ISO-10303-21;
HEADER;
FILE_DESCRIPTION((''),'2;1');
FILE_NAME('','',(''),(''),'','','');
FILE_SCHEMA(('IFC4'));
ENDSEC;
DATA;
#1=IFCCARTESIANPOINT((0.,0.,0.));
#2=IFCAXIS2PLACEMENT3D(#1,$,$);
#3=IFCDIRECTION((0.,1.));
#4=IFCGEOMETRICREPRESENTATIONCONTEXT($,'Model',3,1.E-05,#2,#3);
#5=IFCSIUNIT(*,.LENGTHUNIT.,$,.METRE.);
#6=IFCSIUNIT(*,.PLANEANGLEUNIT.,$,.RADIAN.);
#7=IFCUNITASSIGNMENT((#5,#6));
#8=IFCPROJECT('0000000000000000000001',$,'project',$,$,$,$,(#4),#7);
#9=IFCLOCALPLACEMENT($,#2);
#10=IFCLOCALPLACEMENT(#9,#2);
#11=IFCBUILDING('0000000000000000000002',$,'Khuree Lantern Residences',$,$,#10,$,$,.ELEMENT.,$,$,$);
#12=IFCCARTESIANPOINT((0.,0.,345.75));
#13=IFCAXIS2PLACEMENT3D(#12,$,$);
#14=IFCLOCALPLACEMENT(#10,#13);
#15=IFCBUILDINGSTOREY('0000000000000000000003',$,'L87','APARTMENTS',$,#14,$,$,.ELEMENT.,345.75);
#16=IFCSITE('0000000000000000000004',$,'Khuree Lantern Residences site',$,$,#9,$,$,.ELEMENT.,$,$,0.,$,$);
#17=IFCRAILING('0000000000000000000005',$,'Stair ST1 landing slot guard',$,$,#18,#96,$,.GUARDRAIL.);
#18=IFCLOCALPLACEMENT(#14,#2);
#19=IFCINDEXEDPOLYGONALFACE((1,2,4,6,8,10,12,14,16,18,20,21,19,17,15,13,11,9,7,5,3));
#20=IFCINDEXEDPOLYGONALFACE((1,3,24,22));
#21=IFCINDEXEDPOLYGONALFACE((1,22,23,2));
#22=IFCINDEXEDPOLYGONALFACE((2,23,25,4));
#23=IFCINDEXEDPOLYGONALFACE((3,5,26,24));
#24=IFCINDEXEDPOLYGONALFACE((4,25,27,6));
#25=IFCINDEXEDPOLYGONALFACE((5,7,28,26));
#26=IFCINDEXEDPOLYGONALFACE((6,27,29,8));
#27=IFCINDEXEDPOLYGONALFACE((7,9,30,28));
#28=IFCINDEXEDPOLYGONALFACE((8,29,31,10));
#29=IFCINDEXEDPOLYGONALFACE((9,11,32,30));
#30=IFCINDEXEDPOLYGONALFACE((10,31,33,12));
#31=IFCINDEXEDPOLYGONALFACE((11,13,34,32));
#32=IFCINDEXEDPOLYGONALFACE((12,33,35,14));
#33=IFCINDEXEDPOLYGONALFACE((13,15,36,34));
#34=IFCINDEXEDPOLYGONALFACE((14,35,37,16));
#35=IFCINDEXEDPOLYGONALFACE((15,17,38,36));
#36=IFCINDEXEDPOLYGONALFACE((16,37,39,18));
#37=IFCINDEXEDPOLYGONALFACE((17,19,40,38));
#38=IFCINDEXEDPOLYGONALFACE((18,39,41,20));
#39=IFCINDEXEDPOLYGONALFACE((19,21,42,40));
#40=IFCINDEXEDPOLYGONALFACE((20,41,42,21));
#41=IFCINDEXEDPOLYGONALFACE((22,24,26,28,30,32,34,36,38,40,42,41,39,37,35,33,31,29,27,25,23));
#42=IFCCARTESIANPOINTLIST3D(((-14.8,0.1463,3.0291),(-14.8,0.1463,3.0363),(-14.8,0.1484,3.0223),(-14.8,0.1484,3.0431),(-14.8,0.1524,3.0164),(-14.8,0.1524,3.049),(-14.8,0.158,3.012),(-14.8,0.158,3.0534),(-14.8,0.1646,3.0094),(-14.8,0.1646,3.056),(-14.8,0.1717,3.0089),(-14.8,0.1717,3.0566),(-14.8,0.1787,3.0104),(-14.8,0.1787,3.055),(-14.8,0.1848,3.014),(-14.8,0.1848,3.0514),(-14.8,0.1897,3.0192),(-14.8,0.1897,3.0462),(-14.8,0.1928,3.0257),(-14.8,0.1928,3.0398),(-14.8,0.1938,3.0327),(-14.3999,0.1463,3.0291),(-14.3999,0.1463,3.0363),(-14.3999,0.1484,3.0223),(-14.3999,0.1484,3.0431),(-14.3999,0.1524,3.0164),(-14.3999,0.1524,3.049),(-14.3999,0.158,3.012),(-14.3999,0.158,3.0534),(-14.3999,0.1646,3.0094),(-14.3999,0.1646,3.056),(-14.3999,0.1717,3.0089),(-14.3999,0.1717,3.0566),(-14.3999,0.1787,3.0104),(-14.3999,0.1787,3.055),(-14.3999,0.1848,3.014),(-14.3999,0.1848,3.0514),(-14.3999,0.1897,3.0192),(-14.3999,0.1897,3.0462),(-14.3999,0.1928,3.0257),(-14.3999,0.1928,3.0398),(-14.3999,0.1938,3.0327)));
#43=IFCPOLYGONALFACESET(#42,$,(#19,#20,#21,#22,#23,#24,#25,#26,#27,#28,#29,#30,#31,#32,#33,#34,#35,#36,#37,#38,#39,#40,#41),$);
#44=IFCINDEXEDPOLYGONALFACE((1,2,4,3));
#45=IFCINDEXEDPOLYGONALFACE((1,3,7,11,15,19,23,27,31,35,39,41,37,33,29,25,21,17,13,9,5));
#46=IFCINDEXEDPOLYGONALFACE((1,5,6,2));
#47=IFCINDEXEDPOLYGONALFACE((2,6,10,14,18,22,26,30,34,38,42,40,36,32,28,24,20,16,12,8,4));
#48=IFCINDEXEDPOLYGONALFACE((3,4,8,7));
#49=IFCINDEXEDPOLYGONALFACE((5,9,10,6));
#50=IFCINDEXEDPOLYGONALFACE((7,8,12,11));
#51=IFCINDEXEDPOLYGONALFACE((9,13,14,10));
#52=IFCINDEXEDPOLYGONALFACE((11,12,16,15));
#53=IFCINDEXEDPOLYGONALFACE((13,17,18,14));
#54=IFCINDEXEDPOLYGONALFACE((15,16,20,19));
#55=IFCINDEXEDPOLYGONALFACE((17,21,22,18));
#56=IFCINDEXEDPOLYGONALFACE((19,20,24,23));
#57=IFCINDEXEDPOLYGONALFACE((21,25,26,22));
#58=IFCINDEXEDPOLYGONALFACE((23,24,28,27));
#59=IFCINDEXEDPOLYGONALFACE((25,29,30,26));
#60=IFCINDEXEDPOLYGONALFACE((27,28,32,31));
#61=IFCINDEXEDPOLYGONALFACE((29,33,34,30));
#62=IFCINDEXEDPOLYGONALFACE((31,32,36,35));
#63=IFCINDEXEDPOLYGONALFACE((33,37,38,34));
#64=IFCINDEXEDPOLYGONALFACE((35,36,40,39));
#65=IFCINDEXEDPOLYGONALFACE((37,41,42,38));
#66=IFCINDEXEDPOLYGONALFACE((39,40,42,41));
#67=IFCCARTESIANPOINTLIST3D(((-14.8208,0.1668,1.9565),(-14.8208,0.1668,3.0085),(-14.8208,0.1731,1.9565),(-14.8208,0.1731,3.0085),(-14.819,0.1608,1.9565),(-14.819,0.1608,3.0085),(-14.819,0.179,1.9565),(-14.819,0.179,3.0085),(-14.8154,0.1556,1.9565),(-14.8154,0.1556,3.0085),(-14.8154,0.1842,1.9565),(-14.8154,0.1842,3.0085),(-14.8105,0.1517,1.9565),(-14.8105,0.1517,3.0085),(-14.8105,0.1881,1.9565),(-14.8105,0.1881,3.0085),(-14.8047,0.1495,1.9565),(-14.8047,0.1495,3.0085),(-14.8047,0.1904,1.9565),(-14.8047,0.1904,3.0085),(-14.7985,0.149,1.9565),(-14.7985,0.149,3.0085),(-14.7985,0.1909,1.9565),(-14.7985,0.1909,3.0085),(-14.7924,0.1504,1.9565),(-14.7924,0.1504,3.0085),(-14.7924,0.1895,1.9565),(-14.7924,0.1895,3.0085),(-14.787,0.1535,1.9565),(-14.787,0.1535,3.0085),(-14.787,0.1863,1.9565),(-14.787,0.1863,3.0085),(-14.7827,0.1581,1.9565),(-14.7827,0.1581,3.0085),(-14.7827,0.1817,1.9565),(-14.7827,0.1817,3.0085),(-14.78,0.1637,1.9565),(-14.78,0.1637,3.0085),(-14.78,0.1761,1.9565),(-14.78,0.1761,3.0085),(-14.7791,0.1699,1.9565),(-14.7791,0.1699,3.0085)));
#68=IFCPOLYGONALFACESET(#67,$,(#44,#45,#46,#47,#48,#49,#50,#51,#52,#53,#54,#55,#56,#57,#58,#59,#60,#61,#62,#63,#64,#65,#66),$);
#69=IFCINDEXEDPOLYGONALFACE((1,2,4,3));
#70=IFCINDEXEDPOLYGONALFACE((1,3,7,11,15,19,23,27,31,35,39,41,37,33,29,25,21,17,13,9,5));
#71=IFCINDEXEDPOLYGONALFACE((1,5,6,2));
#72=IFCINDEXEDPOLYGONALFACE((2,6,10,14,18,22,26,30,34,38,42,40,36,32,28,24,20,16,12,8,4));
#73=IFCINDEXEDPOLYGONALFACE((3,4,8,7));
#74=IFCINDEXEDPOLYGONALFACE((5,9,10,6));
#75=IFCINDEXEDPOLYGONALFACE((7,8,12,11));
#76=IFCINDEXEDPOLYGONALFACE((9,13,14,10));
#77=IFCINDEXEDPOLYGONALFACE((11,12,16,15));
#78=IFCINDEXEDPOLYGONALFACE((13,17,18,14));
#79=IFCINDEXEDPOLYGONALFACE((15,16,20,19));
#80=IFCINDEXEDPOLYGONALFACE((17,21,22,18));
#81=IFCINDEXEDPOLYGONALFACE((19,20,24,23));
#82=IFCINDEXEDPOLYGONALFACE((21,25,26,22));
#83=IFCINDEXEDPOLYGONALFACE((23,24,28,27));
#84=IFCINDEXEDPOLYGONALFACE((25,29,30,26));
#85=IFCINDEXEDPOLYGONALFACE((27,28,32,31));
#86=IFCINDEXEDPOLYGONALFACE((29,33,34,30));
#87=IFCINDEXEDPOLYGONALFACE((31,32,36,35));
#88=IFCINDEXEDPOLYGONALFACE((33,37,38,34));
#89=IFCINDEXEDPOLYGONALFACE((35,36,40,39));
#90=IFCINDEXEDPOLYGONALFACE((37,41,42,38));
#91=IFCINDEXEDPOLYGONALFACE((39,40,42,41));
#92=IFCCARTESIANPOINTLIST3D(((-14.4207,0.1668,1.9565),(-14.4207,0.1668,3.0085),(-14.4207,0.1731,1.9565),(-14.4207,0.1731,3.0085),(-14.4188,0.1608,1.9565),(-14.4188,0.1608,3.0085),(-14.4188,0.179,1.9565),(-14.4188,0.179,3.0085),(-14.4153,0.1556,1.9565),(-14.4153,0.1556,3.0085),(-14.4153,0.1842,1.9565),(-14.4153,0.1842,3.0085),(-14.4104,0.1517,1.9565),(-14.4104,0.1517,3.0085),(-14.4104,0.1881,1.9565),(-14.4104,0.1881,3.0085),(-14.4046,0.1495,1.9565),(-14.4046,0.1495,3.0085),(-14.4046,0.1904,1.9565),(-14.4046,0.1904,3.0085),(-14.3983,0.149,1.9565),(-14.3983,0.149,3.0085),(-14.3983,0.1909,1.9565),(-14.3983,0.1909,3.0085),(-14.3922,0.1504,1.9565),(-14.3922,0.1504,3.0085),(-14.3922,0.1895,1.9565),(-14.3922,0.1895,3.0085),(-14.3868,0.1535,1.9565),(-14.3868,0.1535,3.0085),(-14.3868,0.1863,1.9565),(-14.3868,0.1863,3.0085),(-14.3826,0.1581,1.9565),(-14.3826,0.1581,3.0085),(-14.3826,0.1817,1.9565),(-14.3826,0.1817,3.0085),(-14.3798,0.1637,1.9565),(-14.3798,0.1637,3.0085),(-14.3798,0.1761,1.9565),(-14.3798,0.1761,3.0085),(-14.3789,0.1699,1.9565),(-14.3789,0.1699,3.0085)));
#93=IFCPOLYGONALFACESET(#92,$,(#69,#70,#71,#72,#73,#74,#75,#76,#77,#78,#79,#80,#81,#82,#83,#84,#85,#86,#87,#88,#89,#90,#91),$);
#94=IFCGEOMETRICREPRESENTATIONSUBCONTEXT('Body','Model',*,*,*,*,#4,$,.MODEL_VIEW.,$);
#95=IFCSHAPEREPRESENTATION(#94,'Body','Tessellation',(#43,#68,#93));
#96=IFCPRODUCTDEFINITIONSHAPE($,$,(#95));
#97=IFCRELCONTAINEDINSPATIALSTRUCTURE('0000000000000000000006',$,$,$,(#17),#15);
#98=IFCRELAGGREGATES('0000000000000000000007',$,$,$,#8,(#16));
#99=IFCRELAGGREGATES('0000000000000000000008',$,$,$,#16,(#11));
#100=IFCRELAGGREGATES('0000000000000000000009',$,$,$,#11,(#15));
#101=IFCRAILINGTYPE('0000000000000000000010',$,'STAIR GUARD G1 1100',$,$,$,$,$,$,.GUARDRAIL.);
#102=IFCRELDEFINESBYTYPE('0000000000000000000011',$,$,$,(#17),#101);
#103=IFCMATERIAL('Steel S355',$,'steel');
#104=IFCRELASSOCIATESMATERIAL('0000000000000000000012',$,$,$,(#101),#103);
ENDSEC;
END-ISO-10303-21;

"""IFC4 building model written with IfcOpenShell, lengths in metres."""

from ifc_helpers import new_model, si_unit, direction, frame, origin, origin_2d, place, context, subcontext, project, spatial, circle, extrude, material, type_object, element, save


model = new_model("IFC4")

# Units and contexts
model_context = context("Model", 3, precision=1e-05, world=origin(), true_north=direction((0.0, 1.0)))
body_context = subcontext(model_context, "Body", "Model", "MODEL_VIEW")
ifc_project = project(units=[si_unit("LENGTHUNIT", "METRE"), si_unit("PLANEANGLEUNIT", "RADIAN")], contexts=[model_context])

# Site, building, storey
site_placement = place(None, origin())
site = spatial("IfcSite", under=ifc_project, at=site_placement, Name="Khuree Lantern Residences site", CompositionType="ELEMENT", RefElevation=0.0)
building_placement = place(site_placement, origin())
building = spatial("IfcBuilding", under=site, at=building_placement, Name="Khuree Lantern Residences", CompositionType="ELEMENT")
storey_placement = place(building_placement, frame((0.0, 0.0, 345.75)))
storey = spatial("IfcBuildingStorey", under=building, at=storey_placement, Name="L87", Description="APARTMENTS", CompositionType="ELEMENT", Elevation=345.75)

# Railing
ifc_material_1 = material(Name="Steel S355", Category="steel")
railing_type = type_object("IfcRailingType", Name="STAIR GUARD G1 1100", PredefinedType="GUARDRAIL", material=ifc_material_1)
railing_placement = place(storey_placement, frame((-14.8, 0.1699, 1.9565)))
element("IfcRailing", 1, at=railing_placement, inside=storey, type_object=railing_type, Name="Stair ST1 landing slot guard", PredefinedType="GUARDRAIL", context=body_context, shape_type="SweptSolid", body=[
    extrude(circle(Radius=0.0239, at=origin_2d()), frame((0.0, 0.0, 1.0762), z_axis=(1.0, 0.0, 0.0), x_axis=(0.0, 1.0, 0.0)), (0.0, 0.0, 1.0), 0.4001),
    extrude(circle(Radius=0.021, at=origin_2d()), origin(), (0.0, 0.0, 1.0), 1.052),
    extrude(circle(Radius=0.021, at=origin_2d()), frame((0.4001, 0.0, 0.0)), (0.0, 0.0, 1.0), 1.052),
])

save(model, "model.ifc")
